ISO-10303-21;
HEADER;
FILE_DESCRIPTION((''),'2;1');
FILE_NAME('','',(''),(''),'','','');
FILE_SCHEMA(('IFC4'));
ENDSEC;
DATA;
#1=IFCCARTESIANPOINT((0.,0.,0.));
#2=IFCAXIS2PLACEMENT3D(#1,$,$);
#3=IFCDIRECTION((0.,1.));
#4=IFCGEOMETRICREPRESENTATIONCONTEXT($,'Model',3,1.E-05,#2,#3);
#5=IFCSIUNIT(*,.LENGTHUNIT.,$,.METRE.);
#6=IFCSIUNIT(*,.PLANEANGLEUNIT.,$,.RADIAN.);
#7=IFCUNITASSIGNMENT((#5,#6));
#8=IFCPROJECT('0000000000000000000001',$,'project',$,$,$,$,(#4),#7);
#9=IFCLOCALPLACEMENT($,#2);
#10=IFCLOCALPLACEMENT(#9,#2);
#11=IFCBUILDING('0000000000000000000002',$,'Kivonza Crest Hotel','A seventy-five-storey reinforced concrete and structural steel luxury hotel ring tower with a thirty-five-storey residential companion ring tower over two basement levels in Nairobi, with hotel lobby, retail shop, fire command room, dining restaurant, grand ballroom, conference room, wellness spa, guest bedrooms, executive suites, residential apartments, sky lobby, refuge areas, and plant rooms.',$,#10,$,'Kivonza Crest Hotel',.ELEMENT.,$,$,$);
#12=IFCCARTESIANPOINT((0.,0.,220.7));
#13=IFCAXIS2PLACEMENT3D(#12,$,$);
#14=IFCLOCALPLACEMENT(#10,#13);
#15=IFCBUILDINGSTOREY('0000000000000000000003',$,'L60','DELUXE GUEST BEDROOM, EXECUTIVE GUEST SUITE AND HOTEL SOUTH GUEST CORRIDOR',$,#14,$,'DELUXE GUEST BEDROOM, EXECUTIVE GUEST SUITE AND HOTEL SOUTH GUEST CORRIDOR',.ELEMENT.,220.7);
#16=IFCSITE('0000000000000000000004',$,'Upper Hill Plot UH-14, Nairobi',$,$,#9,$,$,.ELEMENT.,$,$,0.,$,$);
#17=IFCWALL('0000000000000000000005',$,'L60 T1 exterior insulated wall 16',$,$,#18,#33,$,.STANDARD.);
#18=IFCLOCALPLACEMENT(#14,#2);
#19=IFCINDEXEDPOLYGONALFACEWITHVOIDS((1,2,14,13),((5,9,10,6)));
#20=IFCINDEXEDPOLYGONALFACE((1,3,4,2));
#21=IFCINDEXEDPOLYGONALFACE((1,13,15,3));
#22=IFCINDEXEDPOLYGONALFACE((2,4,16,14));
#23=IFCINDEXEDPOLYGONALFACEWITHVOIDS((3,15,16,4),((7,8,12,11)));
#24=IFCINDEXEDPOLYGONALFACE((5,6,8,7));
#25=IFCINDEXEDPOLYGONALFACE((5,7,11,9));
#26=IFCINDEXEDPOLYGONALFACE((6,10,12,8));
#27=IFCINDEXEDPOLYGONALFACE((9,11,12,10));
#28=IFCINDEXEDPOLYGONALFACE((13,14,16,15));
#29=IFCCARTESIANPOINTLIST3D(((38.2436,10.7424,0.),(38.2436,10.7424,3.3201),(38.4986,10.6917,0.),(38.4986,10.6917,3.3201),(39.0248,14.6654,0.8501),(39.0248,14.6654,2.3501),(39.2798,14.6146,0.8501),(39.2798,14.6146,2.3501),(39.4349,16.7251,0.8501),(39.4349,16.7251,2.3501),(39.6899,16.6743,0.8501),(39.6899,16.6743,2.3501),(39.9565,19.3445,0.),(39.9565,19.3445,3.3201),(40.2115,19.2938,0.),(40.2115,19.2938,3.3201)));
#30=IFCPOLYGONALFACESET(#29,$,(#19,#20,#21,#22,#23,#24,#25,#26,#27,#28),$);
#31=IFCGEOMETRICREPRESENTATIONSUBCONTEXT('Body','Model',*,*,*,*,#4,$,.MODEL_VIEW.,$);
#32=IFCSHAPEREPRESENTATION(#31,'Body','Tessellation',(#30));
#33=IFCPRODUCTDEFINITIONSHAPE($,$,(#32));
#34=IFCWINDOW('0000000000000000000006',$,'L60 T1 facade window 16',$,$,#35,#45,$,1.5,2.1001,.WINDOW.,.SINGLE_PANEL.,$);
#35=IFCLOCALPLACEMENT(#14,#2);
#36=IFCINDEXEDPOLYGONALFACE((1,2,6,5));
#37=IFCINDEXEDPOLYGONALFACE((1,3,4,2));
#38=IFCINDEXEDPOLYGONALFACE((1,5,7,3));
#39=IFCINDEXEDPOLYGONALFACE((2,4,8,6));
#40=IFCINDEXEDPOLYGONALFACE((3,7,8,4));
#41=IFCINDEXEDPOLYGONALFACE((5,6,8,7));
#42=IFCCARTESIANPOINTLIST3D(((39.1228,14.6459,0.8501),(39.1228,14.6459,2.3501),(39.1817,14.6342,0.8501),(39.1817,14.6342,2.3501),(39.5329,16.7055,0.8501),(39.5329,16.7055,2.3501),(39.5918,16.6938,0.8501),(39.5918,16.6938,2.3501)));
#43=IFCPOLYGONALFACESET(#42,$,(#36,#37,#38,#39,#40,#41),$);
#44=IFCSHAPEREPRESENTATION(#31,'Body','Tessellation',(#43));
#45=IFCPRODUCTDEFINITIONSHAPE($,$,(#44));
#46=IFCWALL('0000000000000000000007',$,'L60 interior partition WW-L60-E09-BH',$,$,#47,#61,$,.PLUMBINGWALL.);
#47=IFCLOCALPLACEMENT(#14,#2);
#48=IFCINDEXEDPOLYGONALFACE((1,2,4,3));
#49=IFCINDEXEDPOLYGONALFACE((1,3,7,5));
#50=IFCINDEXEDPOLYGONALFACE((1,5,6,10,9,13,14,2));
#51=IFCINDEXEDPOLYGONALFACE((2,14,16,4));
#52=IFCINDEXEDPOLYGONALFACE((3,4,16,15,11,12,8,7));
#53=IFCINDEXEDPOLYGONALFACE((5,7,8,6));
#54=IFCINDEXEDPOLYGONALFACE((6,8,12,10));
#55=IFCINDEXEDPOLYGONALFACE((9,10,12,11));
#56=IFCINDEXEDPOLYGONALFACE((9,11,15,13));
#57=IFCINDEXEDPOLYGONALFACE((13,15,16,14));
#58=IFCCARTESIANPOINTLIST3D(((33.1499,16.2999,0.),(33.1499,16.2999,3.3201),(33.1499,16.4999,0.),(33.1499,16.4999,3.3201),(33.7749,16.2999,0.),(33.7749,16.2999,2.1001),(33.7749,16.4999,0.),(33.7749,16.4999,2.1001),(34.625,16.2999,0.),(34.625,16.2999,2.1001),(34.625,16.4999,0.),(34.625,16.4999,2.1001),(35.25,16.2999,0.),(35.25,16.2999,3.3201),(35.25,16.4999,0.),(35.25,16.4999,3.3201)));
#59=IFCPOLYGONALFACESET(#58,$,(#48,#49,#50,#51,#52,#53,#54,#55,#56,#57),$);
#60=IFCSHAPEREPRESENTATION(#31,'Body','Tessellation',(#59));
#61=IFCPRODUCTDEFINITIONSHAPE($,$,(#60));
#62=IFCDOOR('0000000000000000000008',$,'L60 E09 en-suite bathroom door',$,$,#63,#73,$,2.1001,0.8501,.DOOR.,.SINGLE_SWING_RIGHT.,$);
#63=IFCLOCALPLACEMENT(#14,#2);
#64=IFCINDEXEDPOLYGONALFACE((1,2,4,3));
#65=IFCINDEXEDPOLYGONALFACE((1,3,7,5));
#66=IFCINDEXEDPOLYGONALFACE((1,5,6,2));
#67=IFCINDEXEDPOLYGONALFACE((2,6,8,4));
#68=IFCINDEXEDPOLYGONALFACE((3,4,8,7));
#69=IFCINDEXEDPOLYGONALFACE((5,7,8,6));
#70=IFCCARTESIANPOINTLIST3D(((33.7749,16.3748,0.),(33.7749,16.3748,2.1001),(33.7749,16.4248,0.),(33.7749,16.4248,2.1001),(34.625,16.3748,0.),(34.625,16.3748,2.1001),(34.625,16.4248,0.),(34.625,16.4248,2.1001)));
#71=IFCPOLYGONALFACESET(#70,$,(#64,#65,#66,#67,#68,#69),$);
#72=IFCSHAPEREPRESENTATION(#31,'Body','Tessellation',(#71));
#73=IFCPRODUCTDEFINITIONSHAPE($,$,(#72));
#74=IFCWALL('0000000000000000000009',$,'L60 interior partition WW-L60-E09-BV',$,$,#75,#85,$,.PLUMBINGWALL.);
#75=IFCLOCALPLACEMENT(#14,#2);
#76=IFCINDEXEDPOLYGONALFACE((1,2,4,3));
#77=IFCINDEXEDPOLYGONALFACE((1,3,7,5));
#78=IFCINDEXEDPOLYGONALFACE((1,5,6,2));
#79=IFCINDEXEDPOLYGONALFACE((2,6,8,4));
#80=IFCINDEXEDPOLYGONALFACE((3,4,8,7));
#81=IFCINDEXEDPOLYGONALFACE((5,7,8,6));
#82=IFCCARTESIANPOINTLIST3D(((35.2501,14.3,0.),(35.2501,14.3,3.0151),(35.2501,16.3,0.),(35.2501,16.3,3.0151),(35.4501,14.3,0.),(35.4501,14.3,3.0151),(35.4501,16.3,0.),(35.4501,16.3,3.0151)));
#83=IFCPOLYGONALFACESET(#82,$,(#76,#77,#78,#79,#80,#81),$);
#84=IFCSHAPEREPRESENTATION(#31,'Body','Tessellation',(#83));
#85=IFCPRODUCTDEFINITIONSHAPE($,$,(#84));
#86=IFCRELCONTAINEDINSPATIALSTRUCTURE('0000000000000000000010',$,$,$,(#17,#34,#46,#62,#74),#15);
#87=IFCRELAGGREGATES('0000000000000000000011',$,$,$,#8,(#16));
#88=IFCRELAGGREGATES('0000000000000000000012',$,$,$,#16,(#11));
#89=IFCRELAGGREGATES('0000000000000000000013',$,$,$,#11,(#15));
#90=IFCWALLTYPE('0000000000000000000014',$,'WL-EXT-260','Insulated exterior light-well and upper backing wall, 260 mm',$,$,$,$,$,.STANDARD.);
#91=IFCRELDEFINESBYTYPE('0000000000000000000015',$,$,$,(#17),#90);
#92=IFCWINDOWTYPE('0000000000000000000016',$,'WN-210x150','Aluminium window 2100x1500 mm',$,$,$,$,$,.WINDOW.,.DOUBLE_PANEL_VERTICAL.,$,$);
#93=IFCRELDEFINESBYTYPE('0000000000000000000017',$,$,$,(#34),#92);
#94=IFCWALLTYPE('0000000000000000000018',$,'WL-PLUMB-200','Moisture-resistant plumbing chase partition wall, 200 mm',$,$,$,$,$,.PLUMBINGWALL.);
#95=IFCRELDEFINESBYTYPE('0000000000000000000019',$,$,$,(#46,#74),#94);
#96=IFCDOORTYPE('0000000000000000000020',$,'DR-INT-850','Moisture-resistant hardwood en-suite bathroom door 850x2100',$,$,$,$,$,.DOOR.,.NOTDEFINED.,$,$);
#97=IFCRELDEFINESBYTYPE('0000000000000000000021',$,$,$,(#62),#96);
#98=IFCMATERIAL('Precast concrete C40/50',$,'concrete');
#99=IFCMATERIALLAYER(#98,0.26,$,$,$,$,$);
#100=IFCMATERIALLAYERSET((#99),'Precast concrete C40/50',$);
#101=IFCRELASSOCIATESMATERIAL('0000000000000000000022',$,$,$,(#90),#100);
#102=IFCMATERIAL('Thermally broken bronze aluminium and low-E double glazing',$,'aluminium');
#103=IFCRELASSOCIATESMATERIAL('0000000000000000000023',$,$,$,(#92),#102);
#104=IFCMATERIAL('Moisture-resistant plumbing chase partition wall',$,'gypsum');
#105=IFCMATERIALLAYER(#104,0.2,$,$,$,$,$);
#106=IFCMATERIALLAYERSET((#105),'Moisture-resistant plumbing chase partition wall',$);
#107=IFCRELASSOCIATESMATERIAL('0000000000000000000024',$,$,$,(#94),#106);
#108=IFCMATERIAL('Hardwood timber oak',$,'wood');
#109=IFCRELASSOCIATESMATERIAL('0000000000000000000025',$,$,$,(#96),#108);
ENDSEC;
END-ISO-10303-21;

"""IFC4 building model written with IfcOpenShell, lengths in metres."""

from ifc_helpers import new_model, si_unit, direction, frame, frame_2d, origin, place, context, subcontext, project, spatial, rectangle, extrude, material, layer, layer_set, type_object, element, fill, save


model = new_model("IFC4")

# Units and contexts
model_context = context("Model", 3, precision=1e-05, world=origin(), true_north=direction((0.0, 1.0)))
body_context = subcontext(model_context, "Body", "Model", "MODEL_VIEW")
ifc_project = project(units=[si_unit("LENGTHUNIT", "METRE"), si_unit("PLANEANGLEUNIT", "RADIAN")], contexts=[model_context])

# Site, building, storey
site_placement = place(None, origin())
site = spatial("IfcSite", under=ifc_project, at=site_placement, Name="Upper Hill Plot UH-14, Nairobi", CompositionType="ELEMENT", RefElevation=0.0)
building_placement = place(site_placement, origin())
building = spatial("IfcBuilding", under=site, at=building_placement, Name="Kivonza Crest Hotel", Description="A seventy-five-storey reinforced concrete and structural steel luxury hotel ring tower with a thirty-five-storey residential companion ring tower over two basement levels in Nairobi, with hotel lobby, retail shop, fire command room, dining restaurant, grand ballroom, conference room, wellness spa, guest bedrooms, executive suites, residential apartments, sky lobby, refuge areas, and plant rooms.", LongName="Kivonza Crest Hotel", CompositionType="ELEMENT")
storey_placement = place(building_placement, frame((0.0, 0.0, 220.7)))
storey = spatial("IfcBuildingStorey", under=building, at=storey_placement, Name="L60", Description="DELUXE GUEST BEDROOM, EXECUTIVE GUEST SUITE AND HOTEL SOUTH GUEST CORRIDOR", LongName="DELUXE GUEST BEDROOM, EXECUTIVE GUEST SUITE AND HOTEL SOUTH GUEST CORRIDOR", CompositionType="ELEMENT", Elevation=220.7)

# Shared definitions
ifc_material_1 = material(Name="Hardwood timber oak", Category="wood")

# Shared definitions
ifc_material_2 = material(Name="Precast concrete C40/50", Category="concrete")
ifc_layer_1 = layer(ifc_material_2, 0.26)
ifc_layer_set_1 = layer_set([ifc_layer_1], Name="Precast concrete C40/50")
wall_type_1 = type_object("IfcWallType", Name="WL-EXT-260", Description="Insulated exterior light-well and upper backing wall, 260 mm", PredefinedType="STANDARD", material=ifc_layer_set_1)

# Wall, opening, window
wall_1_placement = place(storey_placement, frame((38.3711, 10.717, 0.0), z_axis=(0.0, 0.0, 1.0), x_axis=(0.195292, 0.980745, 0.0)))
wall_1 = element("IfcWall", 1, at=wall_1_placement, inside=storey, type_object=wall_type_1, Name="L60 T1 exterior insulated wall 16", PredefinedType="STANDARD", context=body_context, shape_type="SweptSolid", body=[
    extrude(rectangle(XDim=8.771, YDim=0.26, at=frame_2d((4.3855, 0.0))), origin(), (0.0, 0.0, 1.0), 3.3201),
])
opening_1_placement = place(wall_1_placement, frame((4.0, 0.0, 0.8501)))
opening_1 = element("IfcOpeningElement", 2, at=opening_1_placement, cuts=wall_1, PredefinedType="OPENING", context=body_context, shape_type="SweptSolid", body=[
    extrude(rectangle(XDim=2.1001, YDim=1.5, at=frame_2d((1.05, 0.75))), frame((0.0, 0.1401, 0.0), z_axis=(0.0, -1.0, 0.0), x_axis=(1.0, 0.0, 0.0)), (0.0, 0.0, 1.0), 0.28),
])
ifc_material_3 = material(Name="Thermally broken bronze aluminium and low-E double glazing", Category="aluminium")
window_type = type_object("IfcWindowType", Name="WN-210x150", Description="Aluminium window 2100x1500 mm", PartitioningType="DOUBLE_PANEL_VERTICAL", PredefinedType="WINDOW", material=ifc_material_3)
window_placement = place(opening_1_placement, origin())
window = element("IfcWindow", 3, at=window_placement, inside=storey, type_object=window_type, Name="L60 T1 facade window 16", OverallHeight=1.5, OverallWidth=2.1001, PartitioningType="SINGLE_PANEL", PredefinedType="WINDOW", context=body_context, shape_type="SweptSolid", body=[
    extrude(rectangle(XDim=2.1001, YDim=1.5, at=frame_2d((1.05, 0.75))), frame((0.0, 0.03, 0.0), z_axis=(0.0, -1.0, 0.0), x_axis=(1.0, 0.0, 0.0)), (0.0, 0.0, 1.0), 0.0601),
])
fill(opening_1, window)

# Wall, opening, door
ifc_material_4 = material(Name="Moisture-resistant plumbing chase partition wall", Category="gypsum")
ifc_layer_2 = layer(ifc_material_4, 0.2)
ifc_layer_set_2 = layer_set([ifc_layer_2], Name="Moisture-resistant plumbing chase partition wall")
wall_type_2 = type_object("IfcWallType", Name="WL-PLUMB-200", Description="Moisture-resistant plumbing chase partition wall, 200 mm", PredefinedType="PLUMBINGWALL", material=ifc_layer_set_2)
wall_2_placement = place(storey_placement, frame((33.1499, 16.3999, 0.0), z_axis=(0.0, 0.0, 1.0), x_axis=(1.0, 0.0, 0.0)))
wall_2 = element("IfcWall", 4, at=wall_2_placement, inside=storey, type_object=wall_type_2, Name="L60 interior partition WW-L60-E09-BH", PredefinedType="PLUMBINGWALL", context=body_context, shape_type="SweptSolid", body=[
    extrude(rectangle(XDim=2.1001, YDim=0.2, at=frame_2d((1.05, 0.0))), origin(), (0.0, 0.0, 1.0), 3.3201),
])
opening_2_placement = place(wall_2_placement, frame((0.625, 0.0, 0.0)))
opening_2 = element("IfcOpeningElement", 5, at=opening_2_placement, cuts=wall_2, PredefinedType="OPENING", context=body_context, shape_type="SweptSolid", body=[
    extrude(rectangle(XDim=0.8501, YDim=2.1001, at=frame_2d((0.425, 1.05))), frame((0.0, 0.1099, 0.0), z_axis=(0.0, -1.0, 0.0), x_axis=(1.0, 0.0, 0.0)), (0.0, 0.0, 1.0), 0.22),
])
door_type_1 = type_object("IfcDoorType", Name="DR-INT-850", Description="Moisture-resistant hardwood en-suite bathroom door 850x2100", OperationType="NOTDEFINED", PredefinedType="DOOR", material=ifc_material_1)
door_1_placement = place(opening_2_placement, origin())
door_1 = element("IfcDoor", 6, at=door_1_placement, inside=storey, type_object=door_type_1, Name="L60 E09 en-suite bathroom door", OperationType="SINGLE_SWING_RIGHT", OverallHeight=2.1001, OverallWidth=0.8501, PredefinedType="DOOR", context=body_context, shape_type="SweptSolid", body=[
    extrude(rectangle(XDim=0.8501, YDim=2.1001, at=frame_2d((0.425, 1.05))), frame((0.0, 0.0249, 0.0), z_axis=(0.0, -1.0, 0.0), x_axis=(1.0, 0.0, 0.0)), (0.0, 0.0, 1.0), 0.05),
])
fill(opening_2, door_1)

# Wall
wall_3_placement = place(storey_placement, frame((35.3501, 14.3, 0.0), z_axis=(0.0, 0.0, 1.0), x_axis=(0.0, 1.0, 0.0)))
element("IfcWall", 7, at=wall_3_placement, inside=storey, type_object=wall_type_2, Name="L60 interior partition WW-L60-E09-BV", PredefinedType="PLUMBINGWALL", context=body_context, shape_type="SweptSolid", body=[
    extrude(rectangle(XDim=2.0, YDim=0.2, at=frame_2d((1.0, 0.0))), origin(), (0.0, 0.0, 1.0), 3.0151),
])

save(model, "model.ifc")
